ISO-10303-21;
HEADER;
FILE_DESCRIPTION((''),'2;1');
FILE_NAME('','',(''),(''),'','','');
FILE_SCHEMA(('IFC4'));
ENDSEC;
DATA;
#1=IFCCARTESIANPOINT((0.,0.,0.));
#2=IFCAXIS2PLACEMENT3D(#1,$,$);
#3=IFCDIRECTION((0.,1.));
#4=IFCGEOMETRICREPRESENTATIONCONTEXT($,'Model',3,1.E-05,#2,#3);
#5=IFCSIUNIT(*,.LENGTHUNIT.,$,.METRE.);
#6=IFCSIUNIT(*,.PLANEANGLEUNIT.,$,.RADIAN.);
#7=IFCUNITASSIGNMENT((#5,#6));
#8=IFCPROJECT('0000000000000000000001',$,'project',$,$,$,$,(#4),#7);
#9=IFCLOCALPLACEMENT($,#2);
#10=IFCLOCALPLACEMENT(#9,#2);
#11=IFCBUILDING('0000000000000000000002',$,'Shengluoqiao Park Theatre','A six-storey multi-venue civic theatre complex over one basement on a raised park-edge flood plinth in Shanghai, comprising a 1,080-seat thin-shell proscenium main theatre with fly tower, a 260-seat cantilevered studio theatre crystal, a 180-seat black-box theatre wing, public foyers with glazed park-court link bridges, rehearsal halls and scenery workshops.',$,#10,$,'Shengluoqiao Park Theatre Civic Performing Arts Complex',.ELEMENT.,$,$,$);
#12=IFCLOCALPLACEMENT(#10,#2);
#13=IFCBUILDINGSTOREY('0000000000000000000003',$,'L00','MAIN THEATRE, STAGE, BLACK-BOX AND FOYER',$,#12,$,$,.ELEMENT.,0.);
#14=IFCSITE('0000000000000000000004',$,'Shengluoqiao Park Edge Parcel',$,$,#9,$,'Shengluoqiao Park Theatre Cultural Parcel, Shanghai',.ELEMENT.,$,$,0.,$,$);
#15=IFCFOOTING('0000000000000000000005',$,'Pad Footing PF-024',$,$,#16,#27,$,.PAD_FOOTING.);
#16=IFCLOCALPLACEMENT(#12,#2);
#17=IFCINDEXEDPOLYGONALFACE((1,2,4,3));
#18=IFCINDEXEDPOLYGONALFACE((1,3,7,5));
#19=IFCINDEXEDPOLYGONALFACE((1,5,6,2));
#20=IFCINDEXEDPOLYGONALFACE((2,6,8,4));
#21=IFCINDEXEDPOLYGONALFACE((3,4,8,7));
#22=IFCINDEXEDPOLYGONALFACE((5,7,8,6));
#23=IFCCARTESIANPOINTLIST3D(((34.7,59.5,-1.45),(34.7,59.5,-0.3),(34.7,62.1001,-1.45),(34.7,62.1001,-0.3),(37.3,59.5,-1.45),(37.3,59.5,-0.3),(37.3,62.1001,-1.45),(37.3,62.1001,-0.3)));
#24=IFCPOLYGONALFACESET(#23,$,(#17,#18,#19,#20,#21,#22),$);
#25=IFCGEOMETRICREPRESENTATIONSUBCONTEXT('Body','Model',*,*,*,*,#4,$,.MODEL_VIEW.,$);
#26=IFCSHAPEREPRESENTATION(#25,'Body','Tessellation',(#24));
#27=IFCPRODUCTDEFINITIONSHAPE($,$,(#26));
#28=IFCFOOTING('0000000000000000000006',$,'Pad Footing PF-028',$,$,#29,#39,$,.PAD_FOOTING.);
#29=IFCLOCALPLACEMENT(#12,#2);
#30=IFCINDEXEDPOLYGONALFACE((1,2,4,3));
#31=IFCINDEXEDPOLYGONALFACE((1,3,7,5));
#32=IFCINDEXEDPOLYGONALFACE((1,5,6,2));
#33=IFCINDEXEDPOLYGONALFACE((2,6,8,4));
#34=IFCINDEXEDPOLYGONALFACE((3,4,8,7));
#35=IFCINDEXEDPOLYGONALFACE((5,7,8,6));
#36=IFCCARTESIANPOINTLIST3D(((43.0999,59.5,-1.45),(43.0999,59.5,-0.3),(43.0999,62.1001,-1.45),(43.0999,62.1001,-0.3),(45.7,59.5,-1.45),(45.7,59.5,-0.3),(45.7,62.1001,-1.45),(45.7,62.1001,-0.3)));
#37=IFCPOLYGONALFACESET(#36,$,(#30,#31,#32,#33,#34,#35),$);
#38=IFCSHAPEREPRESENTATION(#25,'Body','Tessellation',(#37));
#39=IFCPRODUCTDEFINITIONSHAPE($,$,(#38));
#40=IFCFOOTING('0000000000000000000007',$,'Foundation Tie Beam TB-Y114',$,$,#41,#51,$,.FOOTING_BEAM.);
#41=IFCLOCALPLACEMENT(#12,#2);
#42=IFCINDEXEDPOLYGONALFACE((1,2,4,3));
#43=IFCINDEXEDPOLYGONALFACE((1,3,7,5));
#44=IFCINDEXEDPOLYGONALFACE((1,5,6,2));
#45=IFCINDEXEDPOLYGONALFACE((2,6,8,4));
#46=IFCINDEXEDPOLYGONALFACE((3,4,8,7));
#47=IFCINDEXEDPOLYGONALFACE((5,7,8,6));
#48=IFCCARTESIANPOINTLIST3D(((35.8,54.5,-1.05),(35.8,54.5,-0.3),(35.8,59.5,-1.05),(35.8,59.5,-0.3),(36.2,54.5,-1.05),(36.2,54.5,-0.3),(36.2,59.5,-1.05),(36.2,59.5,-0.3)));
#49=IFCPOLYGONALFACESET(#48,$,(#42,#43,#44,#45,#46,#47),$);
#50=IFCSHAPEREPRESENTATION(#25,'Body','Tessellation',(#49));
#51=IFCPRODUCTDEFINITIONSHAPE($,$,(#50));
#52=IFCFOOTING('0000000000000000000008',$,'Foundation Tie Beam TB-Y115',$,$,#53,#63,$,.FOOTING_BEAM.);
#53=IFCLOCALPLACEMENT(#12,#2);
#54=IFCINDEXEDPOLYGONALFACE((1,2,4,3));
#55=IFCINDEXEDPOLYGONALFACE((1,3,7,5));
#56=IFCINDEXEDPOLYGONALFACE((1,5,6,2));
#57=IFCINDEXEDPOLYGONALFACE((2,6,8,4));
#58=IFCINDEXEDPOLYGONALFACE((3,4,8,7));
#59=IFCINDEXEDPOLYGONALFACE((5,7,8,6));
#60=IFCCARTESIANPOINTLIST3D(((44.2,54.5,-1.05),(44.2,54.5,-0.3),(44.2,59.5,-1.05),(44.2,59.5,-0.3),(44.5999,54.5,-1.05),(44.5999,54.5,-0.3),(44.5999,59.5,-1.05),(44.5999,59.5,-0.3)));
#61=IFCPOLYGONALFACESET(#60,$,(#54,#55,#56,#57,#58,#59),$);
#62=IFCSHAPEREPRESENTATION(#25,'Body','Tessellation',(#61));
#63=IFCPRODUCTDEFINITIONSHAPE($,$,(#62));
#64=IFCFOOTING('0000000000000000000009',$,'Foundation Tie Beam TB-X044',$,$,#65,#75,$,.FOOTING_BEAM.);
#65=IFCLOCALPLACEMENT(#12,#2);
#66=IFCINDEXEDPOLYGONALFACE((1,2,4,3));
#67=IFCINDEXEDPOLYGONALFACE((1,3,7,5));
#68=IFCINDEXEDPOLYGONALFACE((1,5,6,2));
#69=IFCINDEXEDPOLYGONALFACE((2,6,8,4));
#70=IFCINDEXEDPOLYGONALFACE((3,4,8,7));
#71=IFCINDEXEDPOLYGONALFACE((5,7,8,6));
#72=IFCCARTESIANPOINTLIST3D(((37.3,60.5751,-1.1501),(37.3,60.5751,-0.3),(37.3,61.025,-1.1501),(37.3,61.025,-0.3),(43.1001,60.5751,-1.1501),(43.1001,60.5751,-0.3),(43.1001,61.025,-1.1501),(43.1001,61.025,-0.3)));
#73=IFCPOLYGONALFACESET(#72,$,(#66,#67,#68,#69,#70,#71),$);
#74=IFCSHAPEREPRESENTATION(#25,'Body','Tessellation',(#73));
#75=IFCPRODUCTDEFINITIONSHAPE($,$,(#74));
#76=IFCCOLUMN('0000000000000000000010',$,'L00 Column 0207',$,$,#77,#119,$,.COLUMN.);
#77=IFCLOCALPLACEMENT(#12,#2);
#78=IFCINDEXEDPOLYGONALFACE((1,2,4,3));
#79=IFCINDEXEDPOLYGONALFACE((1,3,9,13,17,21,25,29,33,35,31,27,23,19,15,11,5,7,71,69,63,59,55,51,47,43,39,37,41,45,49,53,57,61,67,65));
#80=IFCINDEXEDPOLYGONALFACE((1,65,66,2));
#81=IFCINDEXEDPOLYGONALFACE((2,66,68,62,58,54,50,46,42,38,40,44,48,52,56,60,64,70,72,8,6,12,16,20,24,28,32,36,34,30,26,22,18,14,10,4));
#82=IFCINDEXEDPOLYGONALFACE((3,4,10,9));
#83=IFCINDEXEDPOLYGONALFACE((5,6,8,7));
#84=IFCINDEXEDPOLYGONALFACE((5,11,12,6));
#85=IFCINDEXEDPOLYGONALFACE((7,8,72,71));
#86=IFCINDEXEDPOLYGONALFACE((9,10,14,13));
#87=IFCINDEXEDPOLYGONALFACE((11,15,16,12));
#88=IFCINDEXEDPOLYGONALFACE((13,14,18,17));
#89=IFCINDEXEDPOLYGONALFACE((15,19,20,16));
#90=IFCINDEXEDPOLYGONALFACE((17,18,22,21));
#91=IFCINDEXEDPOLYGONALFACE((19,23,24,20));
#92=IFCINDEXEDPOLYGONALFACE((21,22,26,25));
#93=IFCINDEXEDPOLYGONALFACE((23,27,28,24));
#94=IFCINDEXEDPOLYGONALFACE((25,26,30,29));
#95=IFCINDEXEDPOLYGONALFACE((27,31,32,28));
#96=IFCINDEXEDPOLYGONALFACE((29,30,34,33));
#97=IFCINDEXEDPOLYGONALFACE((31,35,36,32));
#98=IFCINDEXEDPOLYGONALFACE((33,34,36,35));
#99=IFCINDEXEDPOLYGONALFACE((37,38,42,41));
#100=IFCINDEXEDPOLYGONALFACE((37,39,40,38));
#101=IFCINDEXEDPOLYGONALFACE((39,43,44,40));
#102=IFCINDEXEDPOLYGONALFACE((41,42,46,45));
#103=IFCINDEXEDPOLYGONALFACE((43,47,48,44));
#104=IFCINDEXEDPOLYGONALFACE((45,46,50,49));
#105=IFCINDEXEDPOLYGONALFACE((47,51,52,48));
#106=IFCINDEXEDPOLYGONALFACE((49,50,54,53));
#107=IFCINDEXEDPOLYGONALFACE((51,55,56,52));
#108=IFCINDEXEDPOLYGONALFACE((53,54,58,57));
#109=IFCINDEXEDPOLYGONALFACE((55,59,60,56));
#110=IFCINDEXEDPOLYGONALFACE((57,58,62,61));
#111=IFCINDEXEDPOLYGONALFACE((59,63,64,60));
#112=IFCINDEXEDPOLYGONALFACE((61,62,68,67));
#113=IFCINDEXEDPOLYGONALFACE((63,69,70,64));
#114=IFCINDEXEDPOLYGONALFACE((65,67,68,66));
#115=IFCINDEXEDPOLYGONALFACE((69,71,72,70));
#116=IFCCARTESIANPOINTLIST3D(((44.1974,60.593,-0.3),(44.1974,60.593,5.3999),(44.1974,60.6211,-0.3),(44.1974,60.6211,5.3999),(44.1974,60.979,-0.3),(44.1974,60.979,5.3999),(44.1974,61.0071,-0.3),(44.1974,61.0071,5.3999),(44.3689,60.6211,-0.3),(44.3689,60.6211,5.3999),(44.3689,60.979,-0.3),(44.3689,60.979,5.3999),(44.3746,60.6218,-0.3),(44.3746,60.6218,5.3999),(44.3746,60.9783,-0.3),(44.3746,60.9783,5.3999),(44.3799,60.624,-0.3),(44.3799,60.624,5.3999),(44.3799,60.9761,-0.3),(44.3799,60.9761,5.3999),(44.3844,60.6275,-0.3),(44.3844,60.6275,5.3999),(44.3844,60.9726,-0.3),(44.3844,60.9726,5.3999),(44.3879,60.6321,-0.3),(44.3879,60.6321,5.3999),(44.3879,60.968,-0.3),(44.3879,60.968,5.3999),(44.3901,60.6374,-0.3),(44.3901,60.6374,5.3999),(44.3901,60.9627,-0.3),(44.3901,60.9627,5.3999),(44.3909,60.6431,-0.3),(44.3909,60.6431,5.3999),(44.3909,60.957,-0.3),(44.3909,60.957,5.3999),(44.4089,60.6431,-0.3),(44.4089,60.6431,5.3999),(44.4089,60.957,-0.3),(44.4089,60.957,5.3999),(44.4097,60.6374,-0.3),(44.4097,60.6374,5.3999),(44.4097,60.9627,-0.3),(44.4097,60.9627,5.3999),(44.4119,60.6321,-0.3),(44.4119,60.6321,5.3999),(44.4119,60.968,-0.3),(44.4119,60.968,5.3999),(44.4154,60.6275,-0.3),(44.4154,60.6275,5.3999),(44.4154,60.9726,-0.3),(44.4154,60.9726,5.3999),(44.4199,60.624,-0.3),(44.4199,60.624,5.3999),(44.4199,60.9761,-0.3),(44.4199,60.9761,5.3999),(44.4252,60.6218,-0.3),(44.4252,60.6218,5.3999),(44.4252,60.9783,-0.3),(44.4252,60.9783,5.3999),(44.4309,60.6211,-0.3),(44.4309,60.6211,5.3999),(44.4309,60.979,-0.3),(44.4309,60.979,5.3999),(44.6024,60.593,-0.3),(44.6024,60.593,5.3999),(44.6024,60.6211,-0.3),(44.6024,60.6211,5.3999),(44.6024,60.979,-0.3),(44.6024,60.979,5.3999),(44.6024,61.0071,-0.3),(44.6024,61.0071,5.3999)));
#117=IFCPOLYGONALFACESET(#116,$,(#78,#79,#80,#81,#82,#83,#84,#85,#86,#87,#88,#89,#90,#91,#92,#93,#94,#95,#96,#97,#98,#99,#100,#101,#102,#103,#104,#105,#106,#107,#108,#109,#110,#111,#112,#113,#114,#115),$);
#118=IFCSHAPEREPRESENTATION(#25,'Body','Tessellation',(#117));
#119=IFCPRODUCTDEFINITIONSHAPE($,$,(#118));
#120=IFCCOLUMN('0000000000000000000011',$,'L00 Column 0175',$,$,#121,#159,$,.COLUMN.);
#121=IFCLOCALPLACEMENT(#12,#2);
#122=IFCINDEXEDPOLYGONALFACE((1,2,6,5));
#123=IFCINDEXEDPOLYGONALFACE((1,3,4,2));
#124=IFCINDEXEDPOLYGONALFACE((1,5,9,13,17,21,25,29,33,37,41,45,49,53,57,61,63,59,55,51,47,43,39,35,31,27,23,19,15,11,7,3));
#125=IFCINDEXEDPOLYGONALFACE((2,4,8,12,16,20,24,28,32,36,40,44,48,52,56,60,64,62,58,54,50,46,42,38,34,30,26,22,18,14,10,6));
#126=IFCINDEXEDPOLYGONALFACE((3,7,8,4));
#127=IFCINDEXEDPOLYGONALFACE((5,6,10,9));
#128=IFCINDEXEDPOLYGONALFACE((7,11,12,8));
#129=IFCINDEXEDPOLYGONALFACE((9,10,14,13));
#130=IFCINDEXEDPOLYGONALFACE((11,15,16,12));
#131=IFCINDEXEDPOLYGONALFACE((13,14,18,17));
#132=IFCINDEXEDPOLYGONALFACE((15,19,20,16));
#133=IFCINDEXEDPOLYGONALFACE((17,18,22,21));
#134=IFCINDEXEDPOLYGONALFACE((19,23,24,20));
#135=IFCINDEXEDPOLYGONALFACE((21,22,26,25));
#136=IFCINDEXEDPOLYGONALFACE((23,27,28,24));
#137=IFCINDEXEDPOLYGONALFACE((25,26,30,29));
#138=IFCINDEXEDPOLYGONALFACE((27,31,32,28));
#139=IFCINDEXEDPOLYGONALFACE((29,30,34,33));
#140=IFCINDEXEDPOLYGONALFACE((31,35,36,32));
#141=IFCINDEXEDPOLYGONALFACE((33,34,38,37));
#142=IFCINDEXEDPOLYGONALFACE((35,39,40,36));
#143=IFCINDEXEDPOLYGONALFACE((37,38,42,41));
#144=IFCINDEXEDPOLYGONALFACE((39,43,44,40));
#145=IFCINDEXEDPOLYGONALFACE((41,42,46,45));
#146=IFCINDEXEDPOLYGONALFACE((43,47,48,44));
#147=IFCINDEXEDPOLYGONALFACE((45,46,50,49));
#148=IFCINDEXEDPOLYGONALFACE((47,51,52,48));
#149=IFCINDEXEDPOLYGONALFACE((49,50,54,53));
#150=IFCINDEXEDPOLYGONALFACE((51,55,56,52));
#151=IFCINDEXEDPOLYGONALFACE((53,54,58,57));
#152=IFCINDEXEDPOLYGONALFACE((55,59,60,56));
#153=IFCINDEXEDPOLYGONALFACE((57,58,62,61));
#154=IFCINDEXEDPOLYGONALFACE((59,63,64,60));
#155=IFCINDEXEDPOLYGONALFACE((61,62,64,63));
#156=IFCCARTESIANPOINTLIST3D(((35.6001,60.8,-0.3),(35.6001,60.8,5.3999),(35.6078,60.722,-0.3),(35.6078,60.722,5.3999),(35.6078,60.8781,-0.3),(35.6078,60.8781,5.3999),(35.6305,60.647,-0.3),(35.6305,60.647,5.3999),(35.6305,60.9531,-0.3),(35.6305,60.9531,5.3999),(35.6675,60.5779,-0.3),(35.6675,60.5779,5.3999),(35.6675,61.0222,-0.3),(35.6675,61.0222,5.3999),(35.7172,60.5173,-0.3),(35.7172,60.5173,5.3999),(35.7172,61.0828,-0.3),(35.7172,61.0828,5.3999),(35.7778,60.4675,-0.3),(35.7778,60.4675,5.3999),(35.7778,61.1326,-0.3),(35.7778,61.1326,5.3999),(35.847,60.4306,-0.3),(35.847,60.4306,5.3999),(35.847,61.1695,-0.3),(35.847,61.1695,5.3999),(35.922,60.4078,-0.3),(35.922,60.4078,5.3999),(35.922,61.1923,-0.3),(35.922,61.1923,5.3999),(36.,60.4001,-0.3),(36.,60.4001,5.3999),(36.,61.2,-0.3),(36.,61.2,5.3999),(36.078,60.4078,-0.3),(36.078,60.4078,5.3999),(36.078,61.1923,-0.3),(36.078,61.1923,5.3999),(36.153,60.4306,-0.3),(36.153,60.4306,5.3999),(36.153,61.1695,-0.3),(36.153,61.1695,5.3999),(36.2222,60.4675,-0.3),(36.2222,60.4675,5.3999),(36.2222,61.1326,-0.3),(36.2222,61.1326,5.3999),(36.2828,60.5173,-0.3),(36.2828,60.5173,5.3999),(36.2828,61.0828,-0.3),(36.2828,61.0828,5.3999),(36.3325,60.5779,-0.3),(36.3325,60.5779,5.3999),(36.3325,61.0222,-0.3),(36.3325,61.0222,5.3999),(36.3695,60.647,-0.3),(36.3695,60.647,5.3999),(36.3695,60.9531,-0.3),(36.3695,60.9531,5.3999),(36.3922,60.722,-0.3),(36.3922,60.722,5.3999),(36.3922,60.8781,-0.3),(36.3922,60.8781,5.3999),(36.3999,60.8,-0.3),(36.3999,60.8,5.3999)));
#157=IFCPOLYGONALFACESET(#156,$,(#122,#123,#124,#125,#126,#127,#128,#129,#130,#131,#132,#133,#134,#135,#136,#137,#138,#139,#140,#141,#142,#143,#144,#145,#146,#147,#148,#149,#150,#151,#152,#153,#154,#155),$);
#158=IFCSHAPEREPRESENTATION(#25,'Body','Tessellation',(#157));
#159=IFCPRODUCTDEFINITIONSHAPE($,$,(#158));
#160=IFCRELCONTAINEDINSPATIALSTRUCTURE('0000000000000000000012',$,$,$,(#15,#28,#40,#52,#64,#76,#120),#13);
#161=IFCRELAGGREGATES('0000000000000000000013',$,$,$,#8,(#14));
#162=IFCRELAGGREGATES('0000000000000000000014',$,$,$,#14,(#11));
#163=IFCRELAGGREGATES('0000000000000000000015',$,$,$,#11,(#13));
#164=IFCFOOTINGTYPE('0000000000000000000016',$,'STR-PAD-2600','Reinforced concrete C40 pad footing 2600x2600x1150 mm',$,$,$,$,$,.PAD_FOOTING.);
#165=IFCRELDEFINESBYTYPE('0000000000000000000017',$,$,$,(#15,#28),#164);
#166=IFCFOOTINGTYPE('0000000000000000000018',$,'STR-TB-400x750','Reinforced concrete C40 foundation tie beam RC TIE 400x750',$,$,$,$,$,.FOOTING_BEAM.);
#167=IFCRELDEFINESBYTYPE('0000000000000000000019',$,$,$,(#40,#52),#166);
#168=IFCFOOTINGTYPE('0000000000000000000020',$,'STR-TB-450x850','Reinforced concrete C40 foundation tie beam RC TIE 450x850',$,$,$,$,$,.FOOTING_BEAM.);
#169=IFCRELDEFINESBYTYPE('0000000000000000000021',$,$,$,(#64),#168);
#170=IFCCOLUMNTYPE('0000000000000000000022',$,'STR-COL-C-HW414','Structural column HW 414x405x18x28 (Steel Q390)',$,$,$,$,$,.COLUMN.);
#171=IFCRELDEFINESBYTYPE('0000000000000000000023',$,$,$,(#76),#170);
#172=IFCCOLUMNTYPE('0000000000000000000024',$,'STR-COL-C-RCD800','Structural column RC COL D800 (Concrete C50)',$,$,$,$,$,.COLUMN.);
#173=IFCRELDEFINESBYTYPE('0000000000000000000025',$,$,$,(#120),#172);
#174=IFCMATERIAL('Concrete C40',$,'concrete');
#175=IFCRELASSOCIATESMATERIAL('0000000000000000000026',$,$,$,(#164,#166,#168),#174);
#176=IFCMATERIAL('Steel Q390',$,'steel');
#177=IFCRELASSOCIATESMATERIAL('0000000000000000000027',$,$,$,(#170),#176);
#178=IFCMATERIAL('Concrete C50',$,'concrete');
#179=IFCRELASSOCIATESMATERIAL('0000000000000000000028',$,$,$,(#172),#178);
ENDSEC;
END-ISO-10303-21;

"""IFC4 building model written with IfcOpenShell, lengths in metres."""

from ifc_helpers import new_model, si_unit, direction, frame, origin, origin_2d, place, context, subcontext, project, spatial, rectangle, circle, i_section, extrude, material, material_profile, profile_set, type_object, element, save


model = new_model("IFC4")

# Units and contexts
model_context = context("Model", 3, precision=1e-05, world=origin(), true_north=direction((0.0, 1.0)))
body_context = subcontext(model_context, "Body", "Model", "MODEL_VIEW")
ifc_project = project(units=[si_unit("LENGTHUNIT", "METRE"), si_unit("PLANEANGLEUNIT", "RADIAN")], contexts=[model_context])

# Site, building, storey
site_placement = place(None, origin())
site = spatial("IfcSite", under=ifc_project, at=site_placement, Name="Shengluoqiao Park Edge Parcel", LongName="Shengluoqiao Park Theatre Cultural Parcel, Shanghai", CompositionType="ELEMENT", RefElevation=0.0)
building_placement = place(site_placement, origin())
building = spatial("IfcBuilding", under=site, at=building_placement, Name="Shengluoqiao Park Theatre", Description="A six-storey multi-venue civic theatre complex over one basement on a raised park-edge flood plinth in Shanghai, comprising a 1,080-seat thin-shell proscenium main theatre with fly tower, a 260-seat cantilevered studio theatre crystal, a 180-seat black-box theatre wing, public foyers with glazed park-court link bridges, rehearsal halls and scenery workshops.", LongName="Shengluoqiao Park Theatre Civic Performing Arts Complex", CompositionType="ELEMENT")
storey_placement = place(building_placement, origin())
storey = spatial("IfcBuildingStorey", under=building, at=storey_placement, Name="L00", Description="MAIN THEATRE, STAGE, BLACK-BOX AND FOYER", CompositionType="ELEMENT", Elevation=0.0)

# Footings
ifc_material_1 = material(Name="Concrete C40", Category="concrete")
footing_type_1 = type_object("IfcFootingType", Name="STR-PAD-2600", Description="Reinforced concrete C40 pad footing 2600x2600x1150 mm", PredefinedType="PAD_FOOTING", material=ifc_material_1)
for number, where, z_axis, x_axis, name in (
    (1, (36.0, 60.8, -1.45), (0.0, 0.0, 1.0), (1.0, 0.0, 0.0), "Pad Footing PF-024"),
    (2, (44.3999, 60.8, -1.45), (0.0, 0.0, 1.0), (1.0, 0.0, 0.0), "Pad Footing PF-028"),
):
    element("IfcFooting", number, at=place(storey_placement, frame(where, z_axis=z_axis, x_axis=x_axis)), inside=storey, type_object=footing_type_1, Name=name, PredefinedType="PAD_FOOTING", context=body_context, shape_type="SweptSolid", body=[
        extrude(rectangle(XDim=2.6001, YDim=2.6001, at=origin_2d()), origin(), (0.0, 0.0, 1.0), 1.1499),
    ])
ifc_material_profile_1 = material_profile(ifc_material_1, rectangle(XDim=0.3999, YDim=0.75, at=origin_2d()), Name="RC TIE 400x750")
ifc_profile_set_1 = profile_set([ifc_material_profile_1], Name="Concrete C40")
footing_type_2 = type_object("IfcFootingType", Name="STR-TB-400x750", Description="Reinforced concrete C40 foundation tie beam RC TIE 400x750", PredefinedType="FOOTING_BEAM", material=ifc_profile_set_1)
for number, where, z_axis, x_axis, name in (
    (3, (36.0, 54.5, -0.675), (0.0, 1.0, 0.0), (-1.0, 0.0, 0.0), "Foundation Tie Beam TB-Y114"),
    (4, (44.3999, 54.5, -0.675), (0.0, 1.0, 0.0), (-1.0, 0.0, 0.0), "Foundation Tie Beam TB-Y115"),
):
    element("IfcFooting", number, at=place(storey_placement, frame(where, z_axis=z_axis, x_axis=x_axis)), inside=storey, type_object=footing_type_2, Name=name, PredefinedType="FOOTING_BEAM", context=body_context, shape_type="SweptSolid", body=[
        extrude(rectangle(XDim=0.3999, YDim=0.75, at=origin_2d()), origin(), (0.0, 0.0, 1.0), 5.0),
    ])
ifc_material_profile_2 = material_profile(ifc_material_1, rectangle(XDim=0.45, YDim=0.8501, at=origin_2d()), Name="RC TIE 450x850")
ifc_profile_set_2 = profile_set([ifc_material_profile_2], Name="Concrete C40")
footing_type_3 = type_object("IfcFootingType", Name="STR-TB-450x850", Description="Reinforced concrete C40 foundation tie beam RC TIE 450x850", PredefinedType="FOOTING_BEAM", material=ifc_profile_set_2)
footing_placement = place(storey_placement, frame((37.3, 60.8, -0.7251), z_axis=(1.0, 0.0, 0.0), x_axis=(0.0, 1.0, 0.0)))
element("IfcFooting", 5, at=footing_placement, inside=storey, type_object=footing_type_3, Name="Foundation Tie Beam TB-X044", PredefinedType="FOOTING_BEAM", context=body_context, shape_type="SweptSolid", body=[
    extrude(rectangle(XDim=0.45, YDim=0.8501, at=origin_2d()), origin(), (0.0, 0.0, 1.0), 5.8),
])

# Columns
ifc_material_2 = material(Name="Steel Q390", Category="steel")
ifc_material_profile_3 = material_profile(ifc_material_2, i_section(OverallWidth=0.405, OverallDepth=0.4141, WebThickness=0.0181, FlangeThickness=0.0281, FilletRadius=0.022, at=origin_2d()), Name="HW 414x405x18x28")
ifc_profile_set_3 = profile_set([ifc_material_profile_3], Name="Steel Q390")
column_type_1 = type_object("IfcColumnType", Name="STR-COL-C-HW414", Description="Structural column HW 414x405x18x28 (Steel Q390)", PredefinedType="COLUMN", material=ifc_profile_set_3)
column_placement = place(storey_placement, frame((44.3999, 60.8, -0.3), z_axis=(0.0, 0.0, 1.0), x_axis=(1.0, 0.0, 0.0)))
element("IfcColumn", 6, at=column_placement, inside=storey, type_object=column_type_1, Name="L00 Column 0207", PredefinedType="COLUMN", context=body_context, shape_type="SweptSolid", body=[
    extrude(i_section(OverallWidth=0.405, OverallDepth=0.4141, WebThickness=0.0181, FlangeThickness=0.0281, FilletRadius=0.022, at=origin_2d()), origin(), (0.0, 0.0, 1.0), 5.7),
])
ifc_material_3 = material(Name="Concrete C50", Category="concrete")
ifc_material_profile_4 = material_profile(ifc_material_3, circle(Radius=0.3999, at=origin_2d()), Name="RC COL D800")
ifc_profile_set_4 = profile_set([ifc_material_profile_4], Name="Concrete C50")
column_type_2 = type_object("IfcColumnType", Name="STR-COL-C-RCD800", Description="Structural column RC COL D800 (Concrete C50)", PredefinedType="COLUMN", material=ifc_profile_set_4)
for number, where, z_axis, x_axis, name in (
    (7, (36.0, 60.8, -0.3), (0.0, 0.0, 1.0), (1.0, 0.0, 0.0), "L00 Column 0175"),
):
    element("IfcColumn", number, at=place(storey_placement, frame(where, z_axis=z_axis, x_axis=x_axis)), inside=storey, type_object=column_type_2, Name=name, PredefinedType="COLUMN", context=body_context, shape_type="SweptSolid", body=[
        extrude(circle(Radius=0.3999, at=origin_2d()), origin(), (0.0, 0.0, 1.0), 5.7),
    ])

save(model, "model.ifc")
